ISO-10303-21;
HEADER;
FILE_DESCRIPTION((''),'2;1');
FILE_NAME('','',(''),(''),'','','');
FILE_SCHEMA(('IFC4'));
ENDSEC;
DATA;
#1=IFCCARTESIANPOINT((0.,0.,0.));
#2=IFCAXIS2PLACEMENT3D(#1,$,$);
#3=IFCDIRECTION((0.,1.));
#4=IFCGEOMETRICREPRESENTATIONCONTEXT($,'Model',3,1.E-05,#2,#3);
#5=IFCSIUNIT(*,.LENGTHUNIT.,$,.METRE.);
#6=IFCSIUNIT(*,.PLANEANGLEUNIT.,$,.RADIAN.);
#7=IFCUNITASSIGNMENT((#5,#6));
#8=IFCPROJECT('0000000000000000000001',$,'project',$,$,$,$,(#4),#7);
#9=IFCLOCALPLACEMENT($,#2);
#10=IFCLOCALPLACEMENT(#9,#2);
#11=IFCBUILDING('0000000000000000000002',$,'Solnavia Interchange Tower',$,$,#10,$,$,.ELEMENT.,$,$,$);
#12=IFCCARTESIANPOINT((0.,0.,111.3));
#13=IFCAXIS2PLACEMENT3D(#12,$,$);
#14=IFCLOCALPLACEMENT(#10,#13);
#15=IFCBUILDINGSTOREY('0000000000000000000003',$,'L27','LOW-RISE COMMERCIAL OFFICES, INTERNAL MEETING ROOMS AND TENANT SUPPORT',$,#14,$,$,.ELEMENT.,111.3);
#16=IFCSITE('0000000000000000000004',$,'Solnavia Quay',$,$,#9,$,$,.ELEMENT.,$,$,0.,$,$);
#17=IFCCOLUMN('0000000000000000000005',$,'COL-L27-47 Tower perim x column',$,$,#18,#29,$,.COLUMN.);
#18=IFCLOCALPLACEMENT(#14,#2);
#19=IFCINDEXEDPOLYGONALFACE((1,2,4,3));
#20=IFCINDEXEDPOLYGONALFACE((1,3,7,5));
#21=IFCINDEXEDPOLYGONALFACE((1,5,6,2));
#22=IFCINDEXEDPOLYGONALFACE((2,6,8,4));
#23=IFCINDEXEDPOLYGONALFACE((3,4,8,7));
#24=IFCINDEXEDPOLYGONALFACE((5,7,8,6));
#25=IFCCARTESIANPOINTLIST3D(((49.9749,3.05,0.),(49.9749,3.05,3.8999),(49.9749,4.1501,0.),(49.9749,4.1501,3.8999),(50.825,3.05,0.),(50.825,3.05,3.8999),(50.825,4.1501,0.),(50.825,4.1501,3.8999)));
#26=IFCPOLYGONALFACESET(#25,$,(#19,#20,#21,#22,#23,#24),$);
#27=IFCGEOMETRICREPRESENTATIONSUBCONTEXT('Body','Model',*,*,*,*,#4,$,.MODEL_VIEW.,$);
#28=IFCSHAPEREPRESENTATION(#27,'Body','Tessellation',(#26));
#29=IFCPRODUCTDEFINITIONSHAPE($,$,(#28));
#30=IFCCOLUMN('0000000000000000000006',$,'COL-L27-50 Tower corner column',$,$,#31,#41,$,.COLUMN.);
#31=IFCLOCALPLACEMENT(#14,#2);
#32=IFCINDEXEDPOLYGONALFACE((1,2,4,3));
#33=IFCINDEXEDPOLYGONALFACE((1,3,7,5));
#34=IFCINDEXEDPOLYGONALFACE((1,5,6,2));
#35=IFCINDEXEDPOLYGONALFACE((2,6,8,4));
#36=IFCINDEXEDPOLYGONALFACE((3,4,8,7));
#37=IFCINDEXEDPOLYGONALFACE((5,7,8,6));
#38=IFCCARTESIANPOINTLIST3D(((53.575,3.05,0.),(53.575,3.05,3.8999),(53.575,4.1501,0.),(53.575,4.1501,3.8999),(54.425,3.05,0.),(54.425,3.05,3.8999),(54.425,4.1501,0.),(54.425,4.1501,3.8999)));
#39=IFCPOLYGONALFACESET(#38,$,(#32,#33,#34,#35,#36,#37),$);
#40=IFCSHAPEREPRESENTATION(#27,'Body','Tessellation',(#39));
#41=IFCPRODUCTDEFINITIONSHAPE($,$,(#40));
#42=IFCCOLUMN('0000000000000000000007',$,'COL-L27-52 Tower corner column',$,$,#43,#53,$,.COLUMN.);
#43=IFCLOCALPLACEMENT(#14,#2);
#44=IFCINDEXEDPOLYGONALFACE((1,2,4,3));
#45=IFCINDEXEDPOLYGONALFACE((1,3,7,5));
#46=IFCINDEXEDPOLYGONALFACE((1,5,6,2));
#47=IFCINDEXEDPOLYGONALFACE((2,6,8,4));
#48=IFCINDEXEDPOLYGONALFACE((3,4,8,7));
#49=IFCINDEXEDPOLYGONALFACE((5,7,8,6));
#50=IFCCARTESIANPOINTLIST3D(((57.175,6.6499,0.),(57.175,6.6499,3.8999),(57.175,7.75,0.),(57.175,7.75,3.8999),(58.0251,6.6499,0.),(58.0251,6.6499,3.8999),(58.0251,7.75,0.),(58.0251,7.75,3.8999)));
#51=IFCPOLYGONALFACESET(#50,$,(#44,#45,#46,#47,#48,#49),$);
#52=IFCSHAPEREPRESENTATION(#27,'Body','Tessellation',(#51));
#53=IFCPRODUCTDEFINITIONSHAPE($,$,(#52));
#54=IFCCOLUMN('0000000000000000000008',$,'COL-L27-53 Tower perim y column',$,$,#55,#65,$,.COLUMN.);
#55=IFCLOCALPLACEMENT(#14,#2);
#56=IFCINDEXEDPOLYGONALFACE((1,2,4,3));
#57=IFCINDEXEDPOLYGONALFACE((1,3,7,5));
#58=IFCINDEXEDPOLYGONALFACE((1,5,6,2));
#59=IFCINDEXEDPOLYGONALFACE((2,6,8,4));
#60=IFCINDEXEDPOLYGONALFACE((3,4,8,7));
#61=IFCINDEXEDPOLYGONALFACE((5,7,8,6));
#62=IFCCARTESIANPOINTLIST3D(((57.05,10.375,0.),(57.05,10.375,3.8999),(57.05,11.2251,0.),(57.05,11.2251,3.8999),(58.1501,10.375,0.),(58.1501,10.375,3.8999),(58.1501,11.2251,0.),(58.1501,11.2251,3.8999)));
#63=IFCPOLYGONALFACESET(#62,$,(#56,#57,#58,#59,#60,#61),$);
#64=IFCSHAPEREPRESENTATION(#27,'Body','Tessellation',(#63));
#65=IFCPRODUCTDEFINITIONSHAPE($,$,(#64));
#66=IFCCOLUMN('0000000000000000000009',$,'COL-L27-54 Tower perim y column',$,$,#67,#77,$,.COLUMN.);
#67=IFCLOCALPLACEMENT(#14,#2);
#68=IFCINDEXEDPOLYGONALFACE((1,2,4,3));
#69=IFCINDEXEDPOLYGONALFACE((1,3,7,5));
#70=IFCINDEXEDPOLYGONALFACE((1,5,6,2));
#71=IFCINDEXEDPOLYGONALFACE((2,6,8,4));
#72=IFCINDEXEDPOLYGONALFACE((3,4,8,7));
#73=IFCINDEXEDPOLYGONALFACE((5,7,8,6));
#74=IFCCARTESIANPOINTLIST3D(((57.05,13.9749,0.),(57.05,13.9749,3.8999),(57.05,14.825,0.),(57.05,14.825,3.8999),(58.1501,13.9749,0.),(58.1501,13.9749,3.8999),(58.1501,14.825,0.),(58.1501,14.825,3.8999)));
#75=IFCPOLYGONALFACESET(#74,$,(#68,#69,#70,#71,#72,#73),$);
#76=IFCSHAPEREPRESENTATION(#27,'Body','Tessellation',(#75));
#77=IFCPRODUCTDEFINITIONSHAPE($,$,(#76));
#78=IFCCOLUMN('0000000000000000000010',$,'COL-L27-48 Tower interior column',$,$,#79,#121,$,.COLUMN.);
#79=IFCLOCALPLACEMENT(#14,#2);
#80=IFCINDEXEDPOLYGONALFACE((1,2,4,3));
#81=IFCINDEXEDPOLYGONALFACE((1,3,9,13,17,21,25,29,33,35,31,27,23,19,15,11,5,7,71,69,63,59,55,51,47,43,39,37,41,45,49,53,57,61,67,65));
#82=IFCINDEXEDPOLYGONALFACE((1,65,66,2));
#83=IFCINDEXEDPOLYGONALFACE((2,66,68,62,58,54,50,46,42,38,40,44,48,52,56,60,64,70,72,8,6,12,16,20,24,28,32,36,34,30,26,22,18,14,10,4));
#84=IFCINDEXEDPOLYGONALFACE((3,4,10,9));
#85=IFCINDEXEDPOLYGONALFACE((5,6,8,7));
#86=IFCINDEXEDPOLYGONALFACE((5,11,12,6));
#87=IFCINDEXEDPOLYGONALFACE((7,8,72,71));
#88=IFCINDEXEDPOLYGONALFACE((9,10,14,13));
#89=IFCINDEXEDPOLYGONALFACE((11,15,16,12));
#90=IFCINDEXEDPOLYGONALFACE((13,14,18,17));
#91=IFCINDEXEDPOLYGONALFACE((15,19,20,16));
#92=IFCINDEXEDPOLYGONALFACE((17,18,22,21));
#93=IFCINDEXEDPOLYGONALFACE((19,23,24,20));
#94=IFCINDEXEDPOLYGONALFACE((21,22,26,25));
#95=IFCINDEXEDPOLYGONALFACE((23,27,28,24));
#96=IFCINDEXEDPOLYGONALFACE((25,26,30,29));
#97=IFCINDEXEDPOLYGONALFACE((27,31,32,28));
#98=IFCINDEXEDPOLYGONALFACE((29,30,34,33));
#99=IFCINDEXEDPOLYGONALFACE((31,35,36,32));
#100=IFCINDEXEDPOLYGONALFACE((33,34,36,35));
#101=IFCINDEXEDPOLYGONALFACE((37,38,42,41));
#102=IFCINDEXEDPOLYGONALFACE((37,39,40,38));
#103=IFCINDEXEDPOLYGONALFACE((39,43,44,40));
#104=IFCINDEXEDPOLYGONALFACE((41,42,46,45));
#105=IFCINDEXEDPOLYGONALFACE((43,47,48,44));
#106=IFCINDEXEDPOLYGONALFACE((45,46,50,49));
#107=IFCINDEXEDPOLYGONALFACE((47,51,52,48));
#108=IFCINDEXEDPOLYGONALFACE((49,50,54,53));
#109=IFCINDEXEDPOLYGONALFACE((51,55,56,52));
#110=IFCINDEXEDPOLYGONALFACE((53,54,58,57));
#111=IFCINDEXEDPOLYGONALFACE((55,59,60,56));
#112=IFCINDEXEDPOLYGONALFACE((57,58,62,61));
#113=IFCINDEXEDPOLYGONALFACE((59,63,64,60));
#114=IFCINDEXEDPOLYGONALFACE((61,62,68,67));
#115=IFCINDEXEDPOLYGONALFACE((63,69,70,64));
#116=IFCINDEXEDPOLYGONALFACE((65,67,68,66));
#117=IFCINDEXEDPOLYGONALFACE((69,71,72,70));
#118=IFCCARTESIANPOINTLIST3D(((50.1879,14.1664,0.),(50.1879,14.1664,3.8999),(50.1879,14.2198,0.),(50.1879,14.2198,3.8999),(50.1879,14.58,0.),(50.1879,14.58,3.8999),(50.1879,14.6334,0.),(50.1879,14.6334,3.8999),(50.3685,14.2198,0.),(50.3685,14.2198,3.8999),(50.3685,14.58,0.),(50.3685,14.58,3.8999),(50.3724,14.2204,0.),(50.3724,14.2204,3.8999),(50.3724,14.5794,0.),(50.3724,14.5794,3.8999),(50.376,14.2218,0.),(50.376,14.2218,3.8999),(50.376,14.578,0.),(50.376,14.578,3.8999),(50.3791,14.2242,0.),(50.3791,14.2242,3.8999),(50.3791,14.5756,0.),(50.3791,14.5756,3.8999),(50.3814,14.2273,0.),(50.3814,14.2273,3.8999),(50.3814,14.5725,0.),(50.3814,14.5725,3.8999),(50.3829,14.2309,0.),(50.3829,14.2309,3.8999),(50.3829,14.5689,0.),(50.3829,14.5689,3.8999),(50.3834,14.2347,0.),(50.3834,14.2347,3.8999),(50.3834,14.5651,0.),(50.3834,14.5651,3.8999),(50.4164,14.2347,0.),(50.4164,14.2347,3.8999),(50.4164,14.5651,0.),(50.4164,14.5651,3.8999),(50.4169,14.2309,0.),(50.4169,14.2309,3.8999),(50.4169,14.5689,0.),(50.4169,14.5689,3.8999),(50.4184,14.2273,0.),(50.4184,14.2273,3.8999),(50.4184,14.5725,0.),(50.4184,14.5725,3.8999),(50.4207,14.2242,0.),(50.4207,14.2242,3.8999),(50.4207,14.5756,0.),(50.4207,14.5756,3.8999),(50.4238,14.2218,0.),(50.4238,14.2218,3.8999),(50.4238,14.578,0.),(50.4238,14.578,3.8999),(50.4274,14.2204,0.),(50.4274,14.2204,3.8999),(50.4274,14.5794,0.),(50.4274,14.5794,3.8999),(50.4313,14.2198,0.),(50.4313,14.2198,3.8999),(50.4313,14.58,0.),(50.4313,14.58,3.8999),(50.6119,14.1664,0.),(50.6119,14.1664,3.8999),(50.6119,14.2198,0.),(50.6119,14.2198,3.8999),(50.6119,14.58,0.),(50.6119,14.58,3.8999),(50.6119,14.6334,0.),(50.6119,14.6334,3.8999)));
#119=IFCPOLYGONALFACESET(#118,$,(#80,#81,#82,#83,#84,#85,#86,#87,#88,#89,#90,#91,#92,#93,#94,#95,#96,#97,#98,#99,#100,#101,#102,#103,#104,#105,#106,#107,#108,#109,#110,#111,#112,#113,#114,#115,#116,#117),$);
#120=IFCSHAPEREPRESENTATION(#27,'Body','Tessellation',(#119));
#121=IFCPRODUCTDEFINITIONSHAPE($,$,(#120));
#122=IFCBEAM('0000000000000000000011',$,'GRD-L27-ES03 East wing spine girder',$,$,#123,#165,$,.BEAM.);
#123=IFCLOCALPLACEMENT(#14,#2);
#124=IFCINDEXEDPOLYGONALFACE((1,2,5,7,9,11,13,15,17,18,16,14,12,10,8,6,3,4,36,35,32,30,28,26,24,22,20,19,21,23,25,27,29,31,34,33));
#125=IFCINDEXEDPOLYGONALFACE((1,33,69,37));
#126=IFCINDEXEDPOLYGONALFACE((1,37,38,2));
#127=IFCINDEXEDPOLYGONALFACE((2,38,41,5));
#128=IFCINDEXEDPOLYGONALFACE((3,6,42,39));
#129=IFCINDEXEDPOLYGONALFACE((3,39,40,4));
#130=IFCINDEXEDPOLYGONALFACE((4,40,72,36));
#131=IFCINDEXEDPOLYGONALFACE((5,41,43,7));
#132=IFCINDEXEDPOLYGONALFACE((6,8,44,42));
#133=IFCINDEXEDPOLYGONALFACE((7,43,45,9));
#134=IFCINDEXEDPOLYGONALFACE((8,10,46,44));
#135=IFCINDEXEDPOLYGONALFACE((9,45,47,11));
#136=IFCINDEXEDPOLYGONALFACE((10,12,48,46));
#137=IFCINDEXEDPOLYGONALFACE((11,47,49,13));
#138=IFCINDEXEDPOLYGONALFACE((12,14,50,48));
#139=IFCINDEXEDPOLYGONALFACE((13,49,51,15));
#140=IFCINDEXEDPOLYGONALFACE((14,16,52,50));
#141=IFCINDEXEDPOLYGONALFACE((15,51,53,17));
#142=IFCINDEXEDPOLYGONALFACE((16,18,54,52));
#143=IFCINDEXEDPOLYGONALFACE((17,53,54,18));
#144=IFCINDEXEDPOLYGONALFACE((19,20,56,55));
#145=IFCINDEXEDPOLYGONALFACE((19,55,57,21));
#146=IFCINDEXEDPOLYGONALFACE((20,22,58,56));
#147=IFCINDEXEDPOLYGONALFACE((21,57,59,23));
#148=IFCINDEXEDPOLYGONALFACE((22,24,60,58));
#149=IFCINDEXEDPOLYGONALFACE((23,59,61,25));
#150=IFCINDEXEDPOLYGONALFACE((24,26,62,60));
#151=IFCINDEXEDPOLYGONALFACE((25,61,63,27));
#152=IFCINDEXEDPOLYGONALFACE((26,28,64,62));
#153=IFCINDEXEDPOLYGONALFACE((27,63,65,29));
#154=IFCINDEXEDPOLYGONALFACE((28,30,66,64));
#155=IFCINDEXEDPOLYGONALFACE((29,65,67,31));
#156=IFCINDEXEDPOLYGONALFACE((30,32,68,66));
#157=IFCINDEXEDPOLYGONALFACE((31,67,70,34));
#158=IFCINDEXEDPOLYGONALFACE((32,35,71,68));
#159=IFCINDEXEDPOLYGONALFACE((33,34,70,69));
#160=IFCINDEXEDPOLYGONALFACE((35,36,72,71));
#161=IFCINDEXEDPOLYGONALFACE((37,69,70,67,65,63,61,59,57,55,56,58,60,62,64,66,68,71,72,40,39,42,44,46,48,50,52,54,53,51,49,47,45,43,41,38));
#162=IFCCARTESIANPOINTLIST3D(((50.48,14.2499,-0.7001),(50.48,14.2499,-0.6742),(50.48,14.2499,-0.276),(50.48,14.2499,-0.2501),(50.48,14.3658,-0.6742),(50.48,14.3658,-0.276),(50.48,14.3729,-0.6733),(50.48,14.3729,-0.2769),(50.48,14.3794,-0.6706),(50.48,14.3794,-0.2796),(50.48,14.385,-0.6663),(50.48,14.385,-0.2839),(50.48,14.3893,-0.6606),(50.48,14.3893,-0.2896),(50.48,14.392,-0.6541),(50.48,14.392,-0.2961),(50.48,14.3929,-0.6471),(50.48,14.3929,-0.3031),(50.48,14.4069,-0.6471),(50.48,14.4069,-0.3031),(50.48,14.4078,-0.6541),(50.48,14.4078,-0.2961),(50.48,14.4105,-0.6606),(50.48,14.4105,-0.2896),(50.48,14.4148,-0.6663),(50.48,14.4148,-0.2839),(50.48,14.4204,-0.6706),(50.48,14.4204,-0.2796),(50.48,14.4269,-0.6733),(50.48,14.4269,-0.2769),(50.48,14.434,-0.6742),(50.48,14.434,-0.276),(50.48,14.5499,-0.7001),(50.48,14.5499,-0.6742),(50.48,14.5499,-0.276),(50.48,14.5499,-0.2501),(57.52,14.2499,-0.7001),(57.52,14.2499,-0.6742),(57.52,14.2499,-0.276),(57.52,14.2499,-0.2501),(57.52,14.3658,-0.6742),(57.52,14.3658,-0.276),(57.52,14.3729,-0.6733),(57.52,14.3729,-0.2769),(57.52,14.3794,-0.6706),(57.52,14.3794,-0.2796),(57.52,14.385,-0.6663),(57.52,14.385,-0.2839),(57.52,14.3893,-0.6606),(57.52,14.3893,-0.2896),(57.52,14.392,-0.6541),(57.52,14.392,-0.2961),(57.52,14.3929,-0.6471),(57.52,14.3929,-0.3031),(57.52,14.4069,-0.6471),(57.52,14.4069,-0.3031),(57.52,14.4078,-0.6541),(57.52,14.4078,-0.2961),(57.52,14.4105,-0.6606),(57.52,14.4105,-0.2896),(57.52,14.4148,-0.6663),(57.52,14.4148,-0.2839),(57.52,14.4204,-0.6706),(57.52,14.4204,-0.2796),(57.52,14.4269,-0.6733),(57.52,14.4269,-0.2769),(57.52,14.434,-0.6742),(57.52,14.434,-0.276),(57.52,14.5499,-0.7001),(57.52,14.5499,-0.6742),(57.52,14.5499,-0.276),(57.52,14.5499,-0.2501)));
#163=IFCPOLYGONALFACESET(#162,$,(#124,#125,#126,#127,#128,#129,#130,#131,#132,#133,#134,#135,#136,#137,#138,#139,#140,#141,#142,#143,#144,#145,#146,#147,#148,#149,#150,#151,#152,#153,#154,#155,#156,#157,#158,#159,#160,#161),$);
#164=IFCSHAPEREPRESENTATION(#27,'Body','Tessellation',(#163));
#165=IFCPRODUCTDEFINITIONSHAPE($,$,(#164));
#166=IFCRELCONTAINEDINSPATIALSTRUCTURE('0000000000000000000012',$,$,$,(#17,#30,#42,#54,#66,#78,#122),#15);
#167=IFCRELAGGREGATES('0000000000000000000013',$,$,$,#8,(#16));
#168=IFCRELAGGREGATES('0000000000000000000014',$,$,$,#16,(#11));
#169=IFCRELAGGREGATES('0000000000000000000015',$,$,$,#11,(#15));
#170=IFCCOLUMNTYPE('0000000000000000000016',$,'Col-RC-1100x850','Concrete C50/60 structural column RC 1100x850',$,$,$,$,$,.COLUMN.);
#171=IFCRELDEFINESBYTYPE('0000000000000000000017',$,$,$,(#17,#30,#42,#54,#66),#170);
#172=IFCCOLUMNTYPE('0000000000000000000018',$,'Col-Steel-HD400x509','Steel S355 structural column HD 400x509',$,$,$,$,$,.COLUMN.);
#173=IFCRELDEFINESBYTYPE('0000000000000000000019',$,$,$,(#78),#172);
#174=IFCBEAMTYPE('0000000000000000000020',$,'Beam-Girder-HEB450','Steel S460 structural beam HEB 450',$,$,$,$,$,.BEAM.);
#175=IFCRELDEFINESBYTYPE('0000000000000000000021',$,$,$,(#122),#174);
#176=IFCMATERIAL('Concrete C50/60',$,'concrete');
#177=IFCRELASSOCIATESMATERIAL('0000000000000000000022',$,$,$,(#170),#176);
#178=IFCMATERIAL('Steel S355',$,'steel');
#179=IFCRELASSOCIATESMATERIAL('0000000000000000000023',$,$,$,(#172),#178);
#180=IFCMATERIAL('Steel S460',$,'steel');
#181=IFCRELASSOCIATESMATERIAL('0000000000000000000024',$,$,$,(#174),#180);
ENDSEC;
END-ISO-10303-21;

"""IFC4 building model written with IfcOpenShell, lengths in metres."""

from ifc_helpers import new_model, si_unit, direction, frame, origin, origin_2d, place, context, subcontext, project, spatial, rectangle, i_section, extrude, material, material_profile, profile_set, type_object, element, save


model = new_model("IFC4")

# Units and contexts
model_context = context("Model", 3, precision=1e-05, world=origin(), true_north=direction((0.0, 1.0)))
body_context = subcontext(model_context, "Body", "Model", "MODEL_VIEW")
ifc_project = project(units=[si_unit("LENGTHUNIT", "METRE"), si_unit("PLANEANGLEUNIT", "RADIAN")], contexts=[model_context])

# Site, building, storey
site_placement = place(None, origin())
site = spatial("IfcSite", under=ifc_project, at=site_placement, Name="Solnavia Quay", CompositionType="ELEMENT", RefElevation=0.0)
building_placement = place(site_placement, origin())
building = spatial("IfcBuilding", under=site, at=building_placement, Name="Solnavia Interchange Tower", CompositionType="ELEMENT")
storey_placement = place(building_placement, frame((0.0, 0.0, 111.3)))
storey = spatial("IfcBuildingStorey", under=building, at=storey_placement, Name="L27", Description="LOW-RISE COMMERCIAL OFFICES, INTERNAL MEETING ROOMS AND TENANT SUPPORT", CompositionType="ELEMENT", Elevation=111.3)

# Columns
ifc_material_1 = material(Name="Concrete C50/60", Category="concrete")
ifc_material_profile_1 = material_profile(ifc_material_1, rectangle(XDim=0.8501, YDim=1.1001, at=origin_2d()), Name="RC 1100x850")
ifc_profile_set_1 = profile_set([ifc_material_profile_1], Name="Concrete C50/60")
column_type_1 = type_object("IfcColumnType", Name="Col-RC-1100x850", Description="Concrete C50/60 structural column RC 1100x850", PredefinedType="COLUMN", material=ifc_profile_set_1)
for number, where, z_axis, x_axis, name in (
    (1, (50.3999, 3.6001, 0.0), (0.0, 0.0, 1.0), (1.0, 0.0, 0.0), "COL-L27-47 Tower perim x column"),
    (2, (54.0, 3.6001, 0.0), (0.0, 0.0, 1.0), (1.0, 0.0, 0.0), "COL-L27-50 Tower corner column"),
    (3, (57.6001, 7.2, 0.0), (0.0, 0.0, 1.0), (1.0, 0.0, 0.0), "COL-L27-52 Tower corner column"),
    (4, (57.6001, 10.8, 0.0), (0.0, 0.0, 1.0), (0.0, 1.0, 0.0), "COL-L27-53 Tower perim y column"),
    (5, (57.6001, 14.3999, 0.0), (0.0, 0.0, 1.0), (0.0, 1.0, 0.0), "COL-L27-54 Tower perim y column"),
):
    element("IfcColumn", number, at=place(storey_placement, frame(where, z_axis=z_axis, x_axis=x_axis)), inside=storey, type_object=column_type_1, Name=name, PredefinedType="COLUMN", context=body_context, shape_type="SweptSolid", body=[
        extrude(rectangle(XDim=0.8501, YDim=1.1001, at=origin_2d()), origin(), (0.0, 0.0, 1.0), 3.8999),
    ])
ifc_material_2 = material(Name="Steel S355", Category="steel")
ifc_material_profile_2 = material_profile(ifc_material_2, i_section(OverallWidth=0.4241, OverallDepth=0.467, WebThickness=0.033, FlangeThickness=0.0535, FilletRadius=0.0149, at=origin_2d()), Name="HD 400x509")
ifc_profile_set_2 = profile_set([ifc_material_profile_2], Name="Steel S355")
column_type_2 = type_object("IfcColumnType", Name="Col-Steel-HD400x509", Description="Steel S355 structural column HD 400x509", PredefinedType="COLUMN", material=ifc_profile_set_2)
column_placement = place(storey_placement, frame((50.3999, 14.3999, 0.0), z_axis=(0.0, 0.0, 1.0), x_axis=(1.0, 0.0, 0.0)))
element("IfcColumn", 6, at=column_placement, inside=storey, type_object=column_type_2, Name="COL-L27-48 Tower interior column", PredefinedType="COLUMN", context=body_context, shape_type="SweptSolid", body=[
    extrude(i_section(OverallWidth=0.4241, OverallDepth=0.467, WebThickness=0.033, FlangeThickness=0.0535, FilletRadius=0.0149, at=origin_2d()), origin(), (0.0, 0.0, 1.0), 3.8999),
])

# Beam
ifc_material_3 = material(Name="Steel S460", Category="steel")
ifc_material_profile_3 = material_profile(ifc_material_3, i_section(OverallWidth=0.3, OverallDepth=0.45, WebThickness=0.0139, FlangeThickness=0.0259, FilletRadius=0.0271, at=origin_2d()), Name="HEB 450")
ifc_profile_set_3 = profile_set([ifc_material_profile_3], Name="Steel S460")
beam_type_1 = type_object("IfcBeamType", Name="Beam-Girder-HEB450", Description="Steel S460 structural beam HEB 450", PredefinedType="BEAM", material=ifc_profile_set_3)
beam_1_placement = place(storey_placement, frame((50.48, 14.3999, -0.4751), z_axis=(1.0, 0.0, 0.0), x_axis=(0.0, 1.0, 0.0)))
element("IfcBeam", 7, at=beam_1_placement, inside=storey, type_object=beam_type_1, Name="GRD-L27-ES03 East wing spine girder", PredefinedType="BEAM", context=body_context, shape_type="SweptSolid", body=[
    extrude(i_section(OverallWidth=0.3, OverallDepth=0.45, WebThickness=0.0139, FlangeThickness=0.0259, FilletRadius=0.0271, at=origin_2d()), origin(), (0.0, 0.0, 1.0), 7.04),
])

save(model, "model.ifc")
